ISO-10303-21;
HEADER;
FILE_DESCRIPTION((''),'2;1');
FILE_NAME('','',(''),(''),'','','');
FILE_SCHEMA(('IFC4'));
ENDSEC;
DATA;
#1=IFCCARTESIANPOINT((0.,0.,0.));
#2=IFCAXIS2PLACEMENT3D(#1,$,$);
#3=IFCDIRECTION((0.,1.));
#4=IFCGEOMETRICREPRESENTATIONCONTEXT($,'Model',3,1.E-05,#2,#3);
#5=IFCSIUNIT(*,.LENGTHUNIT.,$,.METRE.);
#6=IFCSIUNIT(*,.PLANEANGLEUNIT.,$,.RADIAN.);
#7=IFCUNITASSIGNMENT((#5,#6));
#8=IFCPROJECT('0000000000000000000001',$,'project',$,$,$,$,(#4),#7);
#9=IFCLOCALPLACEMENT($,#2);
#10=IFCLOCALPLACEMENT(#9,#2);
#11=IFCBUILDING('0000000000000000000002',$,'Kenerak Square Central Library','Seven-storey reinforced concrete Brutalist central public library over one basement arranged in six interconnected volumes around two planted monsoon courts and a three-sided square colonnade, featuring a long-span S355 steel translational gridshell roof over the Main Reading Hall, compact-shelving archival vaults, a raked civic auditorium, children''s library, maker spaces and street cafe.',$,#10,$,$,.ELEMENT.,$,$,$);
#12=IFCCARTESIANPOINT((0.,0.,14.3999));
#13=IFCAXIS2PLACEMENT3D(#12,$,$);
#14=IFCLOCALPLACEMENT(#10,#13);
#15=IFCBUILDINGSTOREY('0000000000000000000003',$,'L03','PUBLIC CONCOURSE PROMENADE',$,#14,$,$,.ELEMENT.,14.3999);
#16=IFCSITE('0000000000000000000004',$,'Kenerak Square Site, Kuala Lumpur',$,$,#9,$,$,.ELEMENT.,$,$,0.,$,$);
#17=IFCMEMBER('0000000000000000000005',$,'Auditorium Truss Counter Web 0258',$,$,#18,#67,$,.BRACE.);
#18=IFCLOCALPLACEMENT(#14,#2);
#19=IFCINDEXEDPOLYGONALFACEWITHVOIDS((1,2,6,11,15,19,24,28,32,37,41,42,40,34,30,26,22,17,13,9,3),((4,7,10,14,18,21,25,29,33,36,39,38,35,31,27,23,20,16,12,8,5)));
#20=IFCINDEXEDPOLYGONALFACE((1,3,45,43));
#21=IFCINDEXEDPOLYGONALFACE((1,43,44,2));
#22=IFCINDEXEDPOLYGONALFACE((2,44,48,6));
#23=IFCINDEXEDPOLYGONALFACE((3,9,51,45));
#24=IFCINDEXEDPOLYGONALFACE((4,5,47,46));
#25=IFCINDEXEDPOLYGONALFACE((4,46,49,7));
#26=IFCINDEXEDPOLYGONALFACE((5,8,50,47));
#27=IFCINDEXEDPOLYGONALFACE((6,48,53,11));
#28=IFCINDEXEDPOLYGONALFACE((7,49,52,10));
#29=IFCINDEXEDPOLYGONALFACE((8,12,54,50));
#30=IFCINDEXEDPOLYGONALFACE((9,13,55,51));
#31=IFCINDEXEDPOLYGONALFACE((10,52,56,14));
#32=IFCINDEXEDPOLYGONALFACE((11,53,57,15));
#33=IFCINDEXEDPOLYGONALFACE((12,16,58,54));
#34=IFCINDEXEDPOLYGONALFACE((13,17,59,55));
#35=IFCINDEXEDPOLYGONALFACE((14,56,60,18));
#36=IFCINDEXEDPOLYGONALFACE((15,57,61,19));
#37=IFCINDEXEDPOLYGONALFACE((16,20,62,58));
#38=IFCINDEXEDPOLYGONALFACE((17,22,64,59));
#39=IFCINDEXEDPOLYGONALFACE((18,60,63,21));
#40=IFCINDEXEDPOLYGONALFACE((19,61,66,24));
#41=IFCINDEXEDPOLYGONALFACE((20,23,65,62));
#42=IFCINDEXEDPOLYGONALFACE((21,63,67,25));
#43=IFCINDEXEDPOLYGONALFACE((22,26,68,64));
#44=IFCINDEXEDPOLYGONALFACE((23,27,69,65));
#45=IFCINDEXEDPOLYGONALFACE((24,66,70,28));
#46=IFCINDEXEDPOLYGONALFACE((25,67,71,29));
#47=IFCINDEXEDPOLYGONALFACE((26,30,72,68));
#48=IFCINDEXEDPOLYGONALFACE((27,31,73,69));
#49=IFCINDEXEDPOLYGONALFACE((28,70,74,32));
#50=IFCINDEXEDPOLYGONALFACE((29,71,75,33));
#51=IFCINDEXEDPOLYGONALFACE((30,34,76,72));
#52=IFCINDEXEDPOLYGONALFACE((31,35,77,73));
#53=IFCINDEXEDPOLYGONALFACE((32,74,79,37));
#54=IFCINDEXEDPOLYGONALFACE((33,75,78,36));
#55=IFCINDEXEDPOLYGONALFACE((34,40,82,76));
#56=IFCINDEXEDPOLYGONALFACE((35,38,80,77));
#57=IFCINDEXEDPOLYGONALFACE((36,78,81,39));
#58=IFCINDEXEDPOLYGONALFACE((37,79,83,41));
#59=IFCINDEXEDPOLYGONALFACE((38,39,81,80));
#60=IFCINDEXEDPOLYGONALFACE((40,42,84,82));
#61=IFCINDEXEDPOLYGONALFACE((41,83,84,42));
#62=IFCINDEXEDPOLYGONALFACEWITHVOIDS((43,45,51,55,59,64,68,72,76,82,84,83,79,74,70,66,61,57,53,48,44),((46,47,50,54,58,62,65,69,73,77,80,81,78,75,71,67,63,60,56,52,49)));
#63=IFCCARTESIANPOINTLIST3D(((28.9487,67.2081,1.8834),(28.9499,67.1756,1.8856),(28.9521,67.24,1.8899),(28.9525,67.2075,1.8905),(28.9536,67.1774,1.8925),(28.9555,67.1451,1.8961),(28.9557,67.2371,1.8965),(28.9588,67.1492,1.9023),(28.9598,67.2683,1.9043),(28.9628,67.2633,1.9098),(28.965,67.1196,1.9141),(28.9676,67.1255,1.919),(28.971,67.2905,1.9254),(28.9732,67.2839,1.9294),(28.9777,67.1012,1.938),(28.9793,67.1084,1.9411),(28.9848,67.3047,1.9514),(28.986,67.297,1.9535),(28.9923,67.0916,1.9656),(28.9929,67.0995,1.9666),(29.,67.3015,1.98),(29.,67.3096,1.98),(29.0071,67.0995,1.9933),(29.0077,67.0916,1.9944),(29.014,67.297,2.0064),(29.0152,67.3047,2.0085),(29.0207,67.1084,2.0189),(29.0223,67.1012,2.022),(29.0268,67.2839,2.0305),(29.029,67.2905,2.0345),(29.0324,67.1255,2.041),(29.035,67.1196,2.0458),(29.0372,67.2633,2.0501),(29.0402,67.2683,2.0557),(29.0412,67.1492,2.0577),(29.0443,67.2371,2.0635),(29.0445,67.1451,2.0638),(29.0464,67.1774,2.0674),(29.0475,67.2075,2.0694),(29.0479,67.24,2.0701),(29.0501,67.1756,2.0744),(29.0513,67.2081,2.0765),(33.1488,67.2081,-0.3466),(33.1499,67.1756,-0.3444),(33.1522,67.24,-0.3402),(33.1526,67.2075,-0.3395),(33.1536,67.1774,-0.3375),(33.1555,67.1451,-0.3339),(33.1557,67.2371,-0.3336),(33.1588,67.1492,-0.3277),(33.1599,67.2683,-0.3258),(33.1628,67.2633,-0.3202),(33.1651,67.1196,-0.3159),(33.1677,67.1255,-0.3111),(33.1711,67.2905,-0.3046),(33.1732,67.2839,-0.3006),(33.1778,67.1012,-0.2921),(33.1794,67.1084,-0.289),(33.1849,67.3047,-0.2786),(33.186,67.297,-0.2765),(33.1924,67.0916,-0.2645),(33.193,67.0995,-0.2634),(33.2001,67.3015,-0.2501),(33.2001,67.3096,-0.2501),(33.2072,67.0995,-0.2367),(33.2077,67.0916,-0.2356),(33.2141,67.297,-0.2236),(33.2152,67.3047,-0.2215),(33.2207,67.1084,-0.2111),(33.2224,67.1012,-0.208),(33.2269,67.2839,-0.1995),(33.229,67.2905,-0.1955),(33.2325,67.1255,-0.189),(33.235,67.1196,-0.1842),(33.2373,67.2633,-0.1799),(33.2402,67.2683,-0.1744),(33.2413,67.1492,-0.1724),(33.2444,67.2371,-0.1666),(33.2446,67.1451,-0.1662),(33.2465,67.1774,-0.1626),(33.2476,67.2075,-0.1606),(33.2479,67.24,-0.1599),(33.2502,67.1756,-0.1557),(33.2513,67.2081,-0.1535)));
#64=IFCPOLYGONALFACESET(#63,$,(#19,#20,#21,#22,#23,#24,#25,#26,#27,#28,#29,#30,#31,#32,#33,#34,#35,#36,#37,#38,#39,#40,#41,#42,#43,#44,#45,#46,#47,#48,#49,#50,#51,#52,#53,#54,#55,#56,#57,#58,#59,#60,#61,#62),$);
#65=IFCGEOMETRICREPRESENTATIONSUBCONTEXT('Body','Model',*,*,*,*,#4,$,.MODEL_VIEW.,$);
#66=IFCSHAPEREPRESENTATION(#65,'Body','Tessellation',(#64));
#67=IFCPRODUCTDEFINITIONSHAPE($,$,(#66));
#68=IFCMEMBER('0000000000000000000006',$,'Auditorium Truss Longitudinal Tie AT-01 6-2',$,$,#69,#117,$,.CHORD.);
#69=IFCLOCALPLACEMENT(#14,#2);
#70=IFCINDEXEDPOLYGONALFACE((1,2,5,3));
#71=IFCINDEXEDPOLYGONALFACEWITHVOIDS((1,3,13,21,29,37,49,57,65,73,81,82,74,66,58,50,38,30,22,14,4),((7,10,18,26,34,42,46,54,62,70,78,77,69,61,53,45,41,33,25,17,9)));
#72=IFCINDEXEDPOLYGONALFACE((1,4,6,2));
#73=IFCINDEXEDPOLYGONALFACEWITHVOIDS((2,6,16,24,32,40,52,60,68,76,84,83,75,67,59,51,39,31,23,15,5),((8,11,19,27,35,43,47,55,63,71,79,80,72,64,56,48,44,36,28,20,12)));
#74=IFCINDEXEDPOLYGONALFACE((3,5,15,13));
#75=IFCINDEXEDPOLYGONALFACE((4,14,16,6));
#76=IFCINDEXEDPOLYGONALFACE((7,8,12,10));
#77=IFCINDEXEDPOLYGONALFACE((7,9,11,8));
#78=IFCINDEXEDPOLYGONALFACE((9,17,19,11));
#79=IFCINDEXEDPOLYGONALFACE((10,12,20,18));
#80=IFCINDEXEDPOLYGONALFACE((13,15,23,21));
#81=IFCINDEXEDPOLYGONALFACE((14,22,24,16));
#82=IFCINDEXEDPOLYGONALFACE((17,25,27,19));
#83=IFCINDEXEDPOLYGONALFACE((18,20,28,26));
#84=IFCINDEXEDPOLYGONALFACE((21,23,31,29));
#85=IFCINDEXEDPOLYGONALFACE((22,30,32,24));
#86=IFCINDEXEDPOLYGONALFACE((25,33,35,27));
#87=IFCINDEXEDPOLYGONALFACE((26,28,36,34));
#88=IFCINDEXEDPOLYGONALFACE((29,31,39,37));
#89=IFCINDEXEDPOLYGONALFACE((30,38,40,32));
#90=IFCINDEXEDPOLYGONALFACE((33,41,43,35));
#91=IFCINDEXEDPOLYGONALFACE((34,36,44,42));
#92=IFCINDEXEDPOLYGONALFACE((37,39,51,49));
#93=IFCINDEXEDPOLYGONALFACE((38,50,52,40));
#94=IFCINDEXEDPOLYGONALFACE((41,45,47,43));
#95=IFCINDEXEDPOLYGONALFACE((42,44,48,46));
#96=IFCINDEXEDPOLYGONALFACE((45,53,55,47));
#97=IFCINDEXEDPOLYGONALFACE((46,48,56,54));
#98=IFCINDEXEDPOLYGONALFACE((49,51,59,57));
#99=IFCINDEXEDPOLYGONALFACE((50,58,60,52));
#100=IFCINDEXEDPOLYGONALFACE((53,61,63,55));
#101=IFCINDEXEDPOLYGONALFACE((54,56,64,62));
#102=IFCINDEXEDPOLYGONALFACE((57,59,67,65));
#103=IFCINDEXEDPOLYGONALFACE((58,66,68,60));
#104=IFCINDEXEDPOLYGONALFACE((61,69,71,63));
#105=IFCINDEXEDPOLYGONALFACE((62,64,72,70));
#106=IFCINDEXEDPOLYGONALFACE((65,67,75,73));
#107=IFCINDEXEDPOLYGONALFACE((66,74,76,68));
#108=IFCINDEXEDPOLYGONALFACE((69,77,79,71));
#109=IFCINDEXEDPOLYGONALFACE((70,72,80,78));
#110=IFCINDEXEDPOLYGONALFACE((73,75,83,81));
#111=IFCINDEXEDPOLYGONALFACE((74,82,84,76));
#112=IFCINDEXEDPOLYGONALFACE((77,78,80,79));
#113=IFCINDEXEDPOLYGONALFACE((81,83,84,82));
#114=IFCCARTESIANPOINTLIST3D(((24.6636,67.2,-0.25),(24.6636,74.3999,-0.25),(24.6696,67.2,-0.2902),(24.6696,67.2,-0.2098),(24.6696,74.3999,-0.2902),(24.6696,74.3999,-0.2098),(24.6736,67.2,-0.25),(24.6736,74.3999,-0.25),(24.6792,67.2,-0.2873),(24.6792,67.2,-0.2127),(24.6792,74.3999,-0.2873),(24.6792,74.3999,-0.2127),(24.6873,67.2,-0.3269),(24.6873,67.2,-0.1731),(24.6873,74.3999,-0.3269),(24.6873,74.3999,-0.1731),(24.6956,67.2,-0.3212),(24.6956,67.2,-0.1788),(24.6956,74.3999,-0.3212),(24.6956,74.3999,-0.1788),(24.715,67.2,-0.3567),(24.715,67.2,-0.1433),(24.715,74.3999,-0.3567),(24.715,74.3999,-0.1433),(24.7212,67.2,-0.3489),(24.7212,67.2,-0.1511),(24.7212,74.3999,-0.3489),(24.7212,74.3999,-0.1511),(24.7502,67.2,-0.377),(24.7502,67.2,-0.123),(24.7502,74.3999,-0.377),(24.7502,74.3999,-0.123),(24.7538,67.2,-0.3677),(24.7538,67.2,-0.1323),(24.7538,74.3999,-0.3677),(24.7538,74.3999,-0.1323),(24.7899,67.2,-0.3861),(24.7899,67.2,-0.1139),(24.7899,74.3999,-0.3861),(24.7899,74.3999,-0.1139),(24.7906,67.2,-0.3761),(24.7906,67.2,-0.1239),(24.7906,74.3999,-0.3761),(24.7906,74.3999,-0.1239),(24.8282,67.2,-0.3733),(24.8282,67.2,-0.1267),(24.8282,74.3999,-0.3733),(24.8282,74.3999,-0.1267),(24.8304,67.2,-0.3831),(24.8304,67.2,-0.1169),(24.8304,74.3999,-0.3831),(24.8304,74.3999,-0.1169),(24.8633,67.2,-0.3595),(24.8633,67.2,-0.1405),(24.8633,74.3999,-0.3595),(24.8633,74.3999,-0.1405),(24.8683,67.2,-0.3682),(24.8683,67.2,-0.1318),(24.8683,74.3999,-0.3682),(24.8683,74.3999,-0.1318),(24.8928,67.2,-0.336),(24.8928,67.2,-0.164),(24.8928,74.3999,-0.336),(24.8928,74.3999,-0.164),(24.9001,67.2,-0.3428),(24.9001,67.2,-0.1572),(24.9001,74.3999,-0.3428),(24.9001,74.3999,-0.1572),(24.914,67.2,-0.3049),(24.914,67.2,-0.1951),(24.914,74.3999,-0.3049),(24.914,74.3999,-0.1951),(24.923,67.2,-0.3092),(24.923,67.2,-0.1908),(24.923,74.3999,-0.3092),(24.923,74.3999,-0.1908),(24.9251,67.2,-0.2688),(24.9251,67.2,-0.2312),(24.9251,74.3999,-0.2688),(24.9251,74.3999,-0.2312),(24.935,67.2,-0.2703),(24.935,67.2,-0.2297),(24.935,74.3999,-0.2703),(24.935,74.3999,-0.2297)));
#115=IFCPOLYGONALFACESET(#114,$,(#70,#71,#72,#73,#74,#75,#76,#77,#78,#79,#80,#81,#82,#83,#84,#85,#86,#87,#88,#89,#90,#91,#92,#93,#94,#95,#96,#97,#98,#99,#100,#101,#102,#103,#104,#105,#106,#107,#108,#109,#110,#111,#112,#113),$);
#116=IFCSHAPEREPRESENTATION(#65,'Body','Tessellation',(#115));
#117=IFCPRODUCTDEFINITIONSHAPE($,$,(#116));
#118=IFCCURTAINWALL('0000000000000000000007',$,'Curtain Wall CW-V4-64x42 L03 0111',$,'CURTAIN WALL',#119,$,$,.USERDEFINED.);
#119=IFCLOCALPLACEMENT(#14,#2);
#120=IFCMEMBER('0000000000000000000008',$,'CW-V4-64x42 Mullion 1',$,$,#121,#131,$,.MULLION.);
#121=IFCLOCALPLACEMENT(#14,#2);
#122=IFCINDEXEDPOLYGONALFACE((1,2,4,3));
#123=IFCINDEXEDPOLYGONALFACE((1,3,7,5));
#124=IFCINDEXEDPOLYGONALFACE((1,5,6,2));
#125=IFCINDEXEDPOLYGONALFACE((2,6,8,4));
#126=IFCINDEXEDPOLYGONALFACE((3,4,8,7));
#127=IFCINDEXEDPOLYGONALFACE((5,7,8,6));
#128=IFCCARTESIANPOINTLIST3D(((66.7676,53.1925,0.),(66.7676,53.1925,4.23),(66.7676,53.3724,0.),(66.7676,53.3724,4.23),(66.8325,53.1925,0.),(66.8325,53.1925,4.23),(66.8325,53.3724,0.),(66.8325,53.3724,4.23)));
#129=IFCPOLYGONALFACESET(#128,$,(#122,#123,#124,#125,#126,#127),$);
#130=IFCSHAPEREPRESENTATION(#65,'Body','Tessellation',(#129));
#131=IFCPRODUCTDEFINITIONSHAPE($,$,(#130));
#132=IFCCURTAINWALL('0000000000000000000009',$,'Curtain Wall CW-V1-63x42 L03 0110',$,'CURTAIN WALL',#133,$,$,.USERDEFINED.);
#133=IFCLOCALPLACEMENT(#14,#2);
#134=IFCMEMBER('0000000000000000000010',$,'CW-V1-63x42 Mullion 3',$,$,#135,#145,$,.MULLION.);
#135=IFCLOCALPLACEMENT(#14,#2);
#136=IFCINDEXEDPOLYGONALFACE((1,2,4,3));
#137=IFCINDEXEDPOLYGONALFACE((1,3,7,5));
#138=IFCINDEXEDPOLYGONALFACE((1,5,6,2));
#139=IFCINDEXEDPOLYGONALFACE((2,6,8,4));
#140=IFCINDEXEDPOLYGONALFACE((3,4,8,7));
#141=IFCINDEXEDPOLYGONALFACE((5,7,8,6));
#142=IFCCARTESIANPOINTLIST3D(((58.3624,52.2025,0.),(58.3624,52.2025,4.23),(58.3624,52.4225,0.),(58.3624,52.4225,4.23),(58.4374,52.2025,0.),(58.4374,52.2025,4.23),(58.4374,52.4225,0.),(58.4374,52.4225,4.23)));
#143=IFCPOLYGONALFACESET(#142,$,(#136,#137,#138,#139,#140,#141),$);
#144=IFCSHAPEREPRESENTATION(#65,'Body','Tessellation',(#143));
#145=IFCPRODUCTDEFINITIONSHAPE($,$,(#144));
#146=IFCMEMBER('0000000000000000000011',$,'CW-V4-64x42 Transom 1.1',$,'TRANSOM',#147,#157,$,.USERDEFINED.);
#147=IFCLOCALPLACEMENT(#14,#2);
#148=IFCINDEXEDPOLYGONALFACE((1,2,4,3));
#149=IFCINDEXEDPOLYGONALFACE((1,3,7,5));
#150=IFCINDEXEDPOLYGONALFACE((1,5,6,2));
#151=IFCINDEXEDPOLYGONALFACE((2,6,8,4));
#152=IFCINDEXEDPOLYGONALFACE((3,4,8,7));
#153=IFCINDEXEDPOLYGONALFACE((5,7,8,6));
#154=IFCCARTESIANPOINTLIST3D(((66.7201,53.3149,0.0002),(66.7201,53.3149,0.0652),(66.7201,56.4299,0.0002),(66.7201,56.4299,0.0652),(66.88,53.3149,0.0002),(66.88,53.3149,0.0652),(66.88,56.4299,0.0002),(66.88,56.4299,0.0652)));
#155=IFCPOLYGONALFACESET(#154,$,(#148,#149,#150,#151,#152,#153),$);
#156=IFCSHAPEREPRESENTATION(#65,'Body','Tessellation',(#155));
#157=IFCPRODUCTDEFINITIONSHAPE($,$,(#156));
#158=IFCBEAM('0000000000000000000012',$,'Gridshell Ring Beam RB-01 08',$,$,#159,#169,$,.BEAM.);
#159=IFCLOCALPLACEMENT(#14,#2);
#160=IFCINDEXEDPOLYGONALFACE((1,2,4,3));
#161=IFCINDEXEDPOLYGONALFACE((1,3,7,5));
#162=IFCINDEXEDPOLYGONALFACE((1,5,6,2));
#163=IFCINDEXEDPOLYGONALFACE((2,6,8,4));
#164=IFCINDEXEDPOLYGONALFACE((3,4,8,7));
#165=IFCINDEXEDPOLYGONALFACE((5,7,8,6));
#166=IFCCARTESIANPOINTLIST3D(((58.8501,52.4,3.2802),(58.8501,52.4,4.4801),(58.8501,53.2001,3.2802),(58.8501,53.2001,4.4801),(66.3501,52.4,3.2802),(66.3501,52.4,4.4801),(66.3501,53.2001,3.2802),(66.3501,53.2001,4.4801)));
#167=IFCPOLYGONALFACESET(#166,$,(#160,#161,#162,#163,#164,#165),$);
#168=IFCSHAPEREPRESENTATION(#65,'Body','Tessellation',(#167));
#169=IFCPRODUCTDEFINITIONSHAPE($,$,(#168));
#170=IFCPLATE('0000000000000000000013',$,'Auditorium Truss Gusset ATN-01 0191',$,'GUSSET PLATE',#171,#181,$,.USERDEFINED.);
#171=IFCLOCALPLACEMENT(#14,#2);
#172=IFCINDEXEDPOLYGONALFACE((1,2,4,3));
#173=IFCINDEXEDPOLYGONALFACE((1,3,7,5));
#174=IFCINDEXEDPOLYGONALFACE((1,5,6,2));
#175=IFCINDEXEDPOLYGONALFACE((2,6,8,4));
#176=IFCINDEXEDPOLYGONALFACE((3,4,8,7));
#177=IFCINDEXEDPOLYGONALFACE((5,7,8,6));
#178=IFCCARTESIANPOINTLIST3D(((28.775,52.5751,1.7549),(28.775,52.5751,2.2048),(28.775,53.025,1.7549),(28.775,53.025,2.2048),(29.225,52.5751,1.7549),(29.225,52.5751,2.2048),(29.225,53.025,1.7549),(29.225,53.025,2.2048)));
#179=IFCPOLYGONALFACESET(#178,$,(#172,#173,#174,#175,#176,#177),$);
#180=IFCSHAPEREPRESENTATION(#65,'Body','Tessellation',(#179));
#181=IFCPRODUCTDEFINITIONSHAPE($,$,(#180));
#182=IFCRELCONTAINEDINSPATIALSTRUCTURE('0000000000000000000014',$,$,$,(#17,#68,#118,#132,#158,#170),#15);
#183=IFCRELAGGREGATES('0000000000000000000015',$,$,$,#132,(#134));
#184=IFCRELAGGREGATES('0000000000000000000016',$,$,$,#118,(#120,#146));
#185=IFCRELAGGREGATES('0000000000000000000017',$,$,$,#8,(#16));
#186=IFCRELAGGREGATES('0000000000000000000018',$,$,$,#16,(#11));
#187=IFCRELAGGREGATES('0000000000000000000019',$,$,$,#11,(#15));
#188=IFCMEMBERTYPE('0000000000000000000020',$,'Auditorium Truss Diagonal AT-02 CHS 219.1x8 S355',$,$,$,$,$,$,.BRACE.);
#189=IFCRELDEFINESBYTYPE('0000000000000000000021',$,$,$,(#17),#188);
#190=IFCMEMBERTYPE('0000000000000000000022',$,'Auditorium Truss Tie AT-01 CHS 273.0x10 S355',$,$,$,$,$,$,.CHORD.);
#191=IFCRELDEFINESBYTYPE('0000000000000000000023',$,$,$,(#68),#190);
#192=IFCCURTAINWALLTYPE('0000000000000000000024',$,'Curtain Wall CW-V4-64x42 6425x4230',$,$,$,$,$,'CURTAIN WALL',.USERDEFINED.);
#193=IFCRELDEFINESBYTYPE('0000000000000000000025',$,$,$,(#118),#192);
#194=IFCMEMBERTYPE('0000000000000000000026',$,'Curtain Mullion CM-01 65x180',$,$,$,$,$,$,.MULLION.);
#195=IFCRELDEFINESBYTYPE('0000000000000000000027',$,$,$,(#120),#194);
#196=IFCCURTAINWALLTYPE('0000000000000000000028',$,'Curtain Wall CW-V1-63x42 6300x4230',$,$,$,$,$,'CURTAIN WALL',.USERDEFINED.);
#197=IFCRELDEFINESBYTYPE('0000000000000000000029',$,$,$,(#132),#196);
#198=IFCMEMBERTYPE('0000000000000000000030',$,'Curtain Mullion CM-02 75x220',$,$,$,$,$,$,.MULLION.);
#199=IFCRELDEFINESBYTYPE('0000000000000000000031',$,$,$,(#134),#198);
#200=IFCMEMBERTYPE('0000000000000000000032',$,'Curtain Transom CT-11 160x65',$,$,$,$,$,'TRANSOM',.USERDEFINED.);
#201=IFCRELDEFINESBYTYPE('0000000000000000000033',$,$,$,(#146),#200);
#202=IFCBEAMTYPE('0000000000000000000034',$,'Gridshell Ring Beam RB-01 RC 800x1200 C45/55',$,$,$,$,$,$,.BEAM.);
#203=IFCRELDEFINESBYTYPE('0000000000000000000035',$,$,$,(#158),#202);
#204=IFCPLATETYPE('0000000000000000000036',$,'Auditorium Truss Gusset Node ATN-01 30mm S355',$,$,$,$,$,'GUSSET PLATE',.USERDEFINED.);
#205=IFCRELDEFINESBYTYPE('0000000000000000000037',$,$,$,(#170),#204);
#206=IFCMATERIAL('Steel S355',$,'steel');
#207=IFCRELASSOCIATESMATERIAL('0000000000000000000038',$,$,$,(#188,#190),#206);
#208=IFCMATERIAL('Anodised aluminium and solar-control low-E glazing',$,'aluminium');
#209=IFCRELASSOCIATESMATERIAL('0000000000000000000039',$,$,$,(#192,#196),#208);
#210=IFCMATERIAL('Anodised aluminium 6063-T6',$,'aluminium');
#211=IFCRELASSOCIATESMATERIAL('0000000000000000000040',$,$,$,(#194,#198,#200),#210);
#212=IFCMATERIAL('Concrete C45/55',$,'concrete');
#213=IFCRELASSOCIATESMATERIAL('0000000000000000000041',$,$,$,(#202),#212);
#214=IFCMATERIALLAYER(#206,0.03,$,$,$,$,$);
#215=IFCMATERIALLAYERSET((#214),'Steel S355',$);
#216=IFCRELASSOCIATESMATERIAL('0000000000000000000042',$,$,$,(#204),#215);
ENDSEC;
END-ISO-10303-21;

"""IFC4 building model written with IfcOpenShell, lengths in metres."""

from ifc_helpers import new_model, si_unit, direction, frame, origin, origin_2d, place, context, subcontext, project, spatial, rectangle, hollow_circle, extrude, material, layer, layer_set, material_profile, profile_set, type_object, element, aggregate, save


model = new_model("IFC4")

# Units and contexts
model_context = context("Model", 3, precision=1e-05, world=origin(), true_north=direction((0.0, 1.0)))
body_context = subcontext(model_context, "Body", "Model", "MODEL_VIEW")
ifc_project = project(units=[si_unit("LENGTHUNIT", "METRE"), si_unit("PLANEANGLEUNIT", "RADIAN")], contexts=[model_context])

# Site, building, storey
site_placement = place(None, origin())
site = spatial("IfcSite", under=ifc_project, at=site_placement, Name="Kenerak Square Site, Kuala Lumpur", CompositionType="ELEMENT", RefElevation=0.0)
building_placement = place(site_placement, origin())
building = spatial("IfcBuilding", under=site, at=building_placement, Name="Kenerak Square Central Library", Description="Seven-storey reinforced concrete Brutalist central public library over one basement arranged in six interconnected volumes around two planted monsoon courts and a three-sided square colonnade, featuring a long-span S355 steel translational gridshell roof over the Main Reading Hall, compact-shelving archival vaults, a raked civic auditorium, children's library, maker spaces and street cafe.", CompositionType="ELEMENT")
storey_placement = place(building_placement, frame((0.0, 0.0, 14.3999)))
storey = spatial("IfcBuildingStorey", under=building, at=storey_placement, Name="L03", Description="PUBLIC CONCOURSE PROMENADE", CompositionType="ELEMENT", Elevation=14.3999)

# Shared definitions
ifc_material_1 = material(Name="Concrete C45/55", Category="concrete")

# Members
ifc_material_2 = material(Name="Steel S355", Category="steel")
ifc_material_profile_1 = material_profile(ifc_material_2, hollow_circle(Radius=0.1096, WallThickness=0.0081, at=origin_2d()), Name="CHS 219.1x8.0")
ifc_profile_set_1 = profile_set([ifc_material_profile_1], Name="Steel S355")
member_type_1 = type_object("IfcMemberType", Name="Auditorium Truss Diagonal AT-02 CHS 219.1x8 S355", PredefinedType="BRACE", material=ifc_profile_set_1)
for number, where, z_axis, x_axis, name in (
    (1, (29.0, 67.2, 1.98), (0.883224, 0.0, -0.468951), (0.0, 1.0, 0.0), "Auditorium Truss Counter Web 0258"),
):
    element("IfcMember", number, at=place(storey_placement, frame(where, z_axis=z_axis, x_axis=x_axis)), inside=storey, type_object=member_type_1, Name=name, PredefinedType="BRACE", context=body_context, shape_type="SweptSolid", body=[
        extrude(hollow_circle(Radius=0.1096, WallThickness=0.0081, at=origin_2d()), origin(), (0.0, 0.0, 1.0), 4.7554),
    ])
ifc_material_profile_2 = material_profile(ifc_material_2, hollow_circle(Radius=0.1365, WallThickness=0.01, at=origin_2d()), Name="CHS 273.0x10.0")
ifc_profile_set_2 = profile_set([ifc_material_profile_2], Name="Steel S355")
member_type_2 = type_object("IfcMemberType", Name="Auditorium Truss Tie AT-01 CHS 273.0x10 S355", PredefinedType="CHORD", material=ifc_profile_set_2)
member_1_placement = place(storey_placement, frame((24.8, 67.2, -0.25), z_axis=(0.0, 1.0, 0.0), x_axis=(-1.0, 0.0, 0.0)))
element("IfcMember", 2, at=member_1_placement, inside=storey, type_object=member_type_2, Name="Auditorium Truss Longitudinal Tie AT-01 6-2", PredefinedType="CHORD", context=body_context, shape_type="SweptSolid", body=[
    extrude(hollow_circle(Radius=0.1365, WallThickness=0.01, at=origin_2d()), origin(), (0.0, 0.0, 1.0), 7.2),
])

# Curtain walls, members
ifc_material_3 = material(Name="Anodised aluminium and solar-control low-E glazing", Category="aluminium")
curtain_wall_type_1 = type_object("IfcCurtainWallType", Name="Curtain Wall CW-V4-64x42 6425x4230", ElementType="CURTAIN WALL", PredefinedType="USERDEFINED", material=ifc_material_3)
curtain_wall_1_placement = place(storey_placement, origin())
curtain_wall_1 = element("IfcCurtainWall", 3, at=curtain_wall_1_placement, inside=storey, type_object=curtain_wall_type_1, Name="Curtain Wall CW-V4-64x42 L03 0111", ObjectType="CURTAIN WALL", PredefinedType="USERDEFINED")
ifc_material_4 = material(Name="Anodised aluminium 6063-T6", Category="aluminium")
ifc_material_profile_3 = material_profile(ifc_material_4, rectangle(XDim=0.0649, YDim=0.1799, at=origin_2d()), Name="AL MULLION 65x180")
ifc_profile_set_3 = profile_set([ifc_material_profile_3], Name="Anodised aluminium 6063-T6")
member_type_3 = type_object("IfcMemberType", Name="Curtain Mullion CM-01 65x180", PredefinedType="MULLION", material=ifc_profile_set_3)
member_2_placement = place(storey_placement, frame((66.8, 53.2825, 0.0), z_axis=(0.0, 0.0, 1.0), x_axis=(-1.0, 0.0, 0.0)))
member_2 = element("IfcMember", 4, at=member_2_placement, type_object=member_type_3, Name="CW-V4-64x42 Mullion 1", PredefinedType="MULLION", context=body_context, shape_type="SweptSolid", body=[
    extrude(rectangle(XDim=0.0649, YDim=0.1799, at=origin_2d()), origin(), (0.0, 0.0, 1.0), 4.23),
])
curtain_wall_type_2 = type_object("IfcCurtainWallType", Name="Curtain Wall CW-V1-63x42 6300x4230", ElementType="CURTAIN WALL", PredefinedType="USERDEFINED", material=ifc_material_3)
curtain_wall_2_placement = place(storey_placement, origin())
curtain_wall_2 = element("IfcCurtainWall", 5, at=curtain_wall_2_placement, inside=storey, type_object=curtain_wall_type_2, Name="Curtain Wall CW-V1-63x42 L03 0110", ObjectType="CURTAIN WALL", PredefinedType="USERDEFINED")
ifc_material_profile_4 = material_profile(ifc_material_4, rectangle(XDim=0.075, YDim=0.22, at=origin_2d()), Name="AL MULLION 75x220")
ifc_profile_set_4 = profile_set([ifc_material_profile_4], Name="Anodised aluminium 6063-T6")
member_type_4 = type_object("IfcMemberType", Name="Curtain Mullion CM-02 75x220", PredefinedType="MULLION", material=ifc_profile_set_4)
member_3_placement = place(storey_placement, frame((58.3999, 52.3125, 0.0), z_axis=(0.0, 0.0, 1.0), x_axis=(-1.0, 0.0, 0.0)))
member_3 = element("IfcMember", 6, at=member_3_placement, type_object=member_type_4, Name="CW-V1-63x42 Mullion 3", PredefinedType="MULLION", context=body_context, shape_type="SweptSolid", body=[
    extrude(rectangle(XDim=0.075, YDim=0.22, at=origin_2d()), origin(), (0.0, 0.0, 1.0), 4.23),
])
aggregate(curtain_wall_2, [member_3])

# Member
ifc_material_profile_5 = material_profile(ifc_material_4, rectangle(XDim=0.1599, YDim=0.0649, at=origin_2d()), Name="AL TRANSOM 160x65")
ifc_profile_set_5 = profile_set([ifc_material_profile_5], Name="Anodised aluminium 6063-T6")
member_type_5 = type_object("IfcMemberType", Name="Curtain Transom CT-11 160x65", ElementType="TRANSOM", PredefinedType="USERDEFINED", material=ifc_profile_set_5)
member_4_placement = place(storey_placement, frame((66.8, 53.3149, 0.0327), z_axis=(0.0, 1.0, 0.0), x_axis=(-1.0, 0.0, 0.0)))
member_4 = element("IfcMember", 7, at=member_4_placement, type_object=member_type_5, Name="CW-V4-64x42 Transom 1.1", ObjectType="TRANSOM", PredefinedType="USERDEFINED", context=body_context, shape_type="SweptSolid", body=[
    extrude(rectangle(XDim=0.1599, YDim=0.0649, at=origin_2d()), origin(), (0.0, 0.0, 1.0), 3.115),
])
aggregate(curtain_wall_1, [member_2, member_4])

# Beam
ifc_material_profile_6 = material_profile(ifc_material_1, rectangle(XDim=0.8, YDim=1.2, at=origin_2d()), Name="RC 800x1200")
ifc_profile_set_6 = profile_set([ifc_material_profile_6], Name="Concrete C45/55")
beam_type = type_object("IfcBeamType", Name="Gridshell Ring Beam RB-01 RC 800x1200 C45/55", PredefinedType="BEAM", material=ifc_profile_set_6)
beam_placement = place(storey_placement, frame((58.8501, 52.8, 3.8801), z_axis=(1.0, 0.0, 0.0), x_axis=(0.0, 1.0, 0.0)))
element("IfcBeam", 8, at=beam_placement, inside=storey, type_object=beam_type, Name="Gridshell Ring Beam RB-01 08", PredefinedType="BEAM", context=body_context, shape_type="SweptSolid", body=[
    extrude(rectangle(XDim=0.8, YDim=1.2, at=origin_2d()), origin(), (0.0, 0.0, 1.0), 7.5),
])

# Plate
ifc_layer_1 = layer(ifc_material_2, 0.03)
ifc_layer_set_1 = layer_set([ifc_layer_1], Name="Steel S355")
plate_type = type_object("IfcPlateType", Name="Auditorium Truss Gusset Node ATN-01 30mm S355", ElementType="GUSSET PLATE", PredefinedType="USERDEFINED", material=ifc_layer_set_1)
plate_1_placement = place(storey_placement, frame((29.0, 52.8, 1.7549), z_axis=(0.0, 0.0, 1.0), x_axis=(1.0, 0.0, 0.0)))
element("IfcPlate", 9, at=plate_1_placement, inside=storey, type_object=plate_type, Name="Auditorium Truss Gusset ATN-01 0191", ObjectType="GUSSET PLATE", PredefinedType="USERDEFINED", context=body_context, shape_type="SweptSolid", body=[
    extrude(rectangle(XDim=0.45, YDim=0.45, at=origin_2d()), origin(), (0.0, 0.0, 1.0), 0.45),
])

save(model, "model.ifc")
